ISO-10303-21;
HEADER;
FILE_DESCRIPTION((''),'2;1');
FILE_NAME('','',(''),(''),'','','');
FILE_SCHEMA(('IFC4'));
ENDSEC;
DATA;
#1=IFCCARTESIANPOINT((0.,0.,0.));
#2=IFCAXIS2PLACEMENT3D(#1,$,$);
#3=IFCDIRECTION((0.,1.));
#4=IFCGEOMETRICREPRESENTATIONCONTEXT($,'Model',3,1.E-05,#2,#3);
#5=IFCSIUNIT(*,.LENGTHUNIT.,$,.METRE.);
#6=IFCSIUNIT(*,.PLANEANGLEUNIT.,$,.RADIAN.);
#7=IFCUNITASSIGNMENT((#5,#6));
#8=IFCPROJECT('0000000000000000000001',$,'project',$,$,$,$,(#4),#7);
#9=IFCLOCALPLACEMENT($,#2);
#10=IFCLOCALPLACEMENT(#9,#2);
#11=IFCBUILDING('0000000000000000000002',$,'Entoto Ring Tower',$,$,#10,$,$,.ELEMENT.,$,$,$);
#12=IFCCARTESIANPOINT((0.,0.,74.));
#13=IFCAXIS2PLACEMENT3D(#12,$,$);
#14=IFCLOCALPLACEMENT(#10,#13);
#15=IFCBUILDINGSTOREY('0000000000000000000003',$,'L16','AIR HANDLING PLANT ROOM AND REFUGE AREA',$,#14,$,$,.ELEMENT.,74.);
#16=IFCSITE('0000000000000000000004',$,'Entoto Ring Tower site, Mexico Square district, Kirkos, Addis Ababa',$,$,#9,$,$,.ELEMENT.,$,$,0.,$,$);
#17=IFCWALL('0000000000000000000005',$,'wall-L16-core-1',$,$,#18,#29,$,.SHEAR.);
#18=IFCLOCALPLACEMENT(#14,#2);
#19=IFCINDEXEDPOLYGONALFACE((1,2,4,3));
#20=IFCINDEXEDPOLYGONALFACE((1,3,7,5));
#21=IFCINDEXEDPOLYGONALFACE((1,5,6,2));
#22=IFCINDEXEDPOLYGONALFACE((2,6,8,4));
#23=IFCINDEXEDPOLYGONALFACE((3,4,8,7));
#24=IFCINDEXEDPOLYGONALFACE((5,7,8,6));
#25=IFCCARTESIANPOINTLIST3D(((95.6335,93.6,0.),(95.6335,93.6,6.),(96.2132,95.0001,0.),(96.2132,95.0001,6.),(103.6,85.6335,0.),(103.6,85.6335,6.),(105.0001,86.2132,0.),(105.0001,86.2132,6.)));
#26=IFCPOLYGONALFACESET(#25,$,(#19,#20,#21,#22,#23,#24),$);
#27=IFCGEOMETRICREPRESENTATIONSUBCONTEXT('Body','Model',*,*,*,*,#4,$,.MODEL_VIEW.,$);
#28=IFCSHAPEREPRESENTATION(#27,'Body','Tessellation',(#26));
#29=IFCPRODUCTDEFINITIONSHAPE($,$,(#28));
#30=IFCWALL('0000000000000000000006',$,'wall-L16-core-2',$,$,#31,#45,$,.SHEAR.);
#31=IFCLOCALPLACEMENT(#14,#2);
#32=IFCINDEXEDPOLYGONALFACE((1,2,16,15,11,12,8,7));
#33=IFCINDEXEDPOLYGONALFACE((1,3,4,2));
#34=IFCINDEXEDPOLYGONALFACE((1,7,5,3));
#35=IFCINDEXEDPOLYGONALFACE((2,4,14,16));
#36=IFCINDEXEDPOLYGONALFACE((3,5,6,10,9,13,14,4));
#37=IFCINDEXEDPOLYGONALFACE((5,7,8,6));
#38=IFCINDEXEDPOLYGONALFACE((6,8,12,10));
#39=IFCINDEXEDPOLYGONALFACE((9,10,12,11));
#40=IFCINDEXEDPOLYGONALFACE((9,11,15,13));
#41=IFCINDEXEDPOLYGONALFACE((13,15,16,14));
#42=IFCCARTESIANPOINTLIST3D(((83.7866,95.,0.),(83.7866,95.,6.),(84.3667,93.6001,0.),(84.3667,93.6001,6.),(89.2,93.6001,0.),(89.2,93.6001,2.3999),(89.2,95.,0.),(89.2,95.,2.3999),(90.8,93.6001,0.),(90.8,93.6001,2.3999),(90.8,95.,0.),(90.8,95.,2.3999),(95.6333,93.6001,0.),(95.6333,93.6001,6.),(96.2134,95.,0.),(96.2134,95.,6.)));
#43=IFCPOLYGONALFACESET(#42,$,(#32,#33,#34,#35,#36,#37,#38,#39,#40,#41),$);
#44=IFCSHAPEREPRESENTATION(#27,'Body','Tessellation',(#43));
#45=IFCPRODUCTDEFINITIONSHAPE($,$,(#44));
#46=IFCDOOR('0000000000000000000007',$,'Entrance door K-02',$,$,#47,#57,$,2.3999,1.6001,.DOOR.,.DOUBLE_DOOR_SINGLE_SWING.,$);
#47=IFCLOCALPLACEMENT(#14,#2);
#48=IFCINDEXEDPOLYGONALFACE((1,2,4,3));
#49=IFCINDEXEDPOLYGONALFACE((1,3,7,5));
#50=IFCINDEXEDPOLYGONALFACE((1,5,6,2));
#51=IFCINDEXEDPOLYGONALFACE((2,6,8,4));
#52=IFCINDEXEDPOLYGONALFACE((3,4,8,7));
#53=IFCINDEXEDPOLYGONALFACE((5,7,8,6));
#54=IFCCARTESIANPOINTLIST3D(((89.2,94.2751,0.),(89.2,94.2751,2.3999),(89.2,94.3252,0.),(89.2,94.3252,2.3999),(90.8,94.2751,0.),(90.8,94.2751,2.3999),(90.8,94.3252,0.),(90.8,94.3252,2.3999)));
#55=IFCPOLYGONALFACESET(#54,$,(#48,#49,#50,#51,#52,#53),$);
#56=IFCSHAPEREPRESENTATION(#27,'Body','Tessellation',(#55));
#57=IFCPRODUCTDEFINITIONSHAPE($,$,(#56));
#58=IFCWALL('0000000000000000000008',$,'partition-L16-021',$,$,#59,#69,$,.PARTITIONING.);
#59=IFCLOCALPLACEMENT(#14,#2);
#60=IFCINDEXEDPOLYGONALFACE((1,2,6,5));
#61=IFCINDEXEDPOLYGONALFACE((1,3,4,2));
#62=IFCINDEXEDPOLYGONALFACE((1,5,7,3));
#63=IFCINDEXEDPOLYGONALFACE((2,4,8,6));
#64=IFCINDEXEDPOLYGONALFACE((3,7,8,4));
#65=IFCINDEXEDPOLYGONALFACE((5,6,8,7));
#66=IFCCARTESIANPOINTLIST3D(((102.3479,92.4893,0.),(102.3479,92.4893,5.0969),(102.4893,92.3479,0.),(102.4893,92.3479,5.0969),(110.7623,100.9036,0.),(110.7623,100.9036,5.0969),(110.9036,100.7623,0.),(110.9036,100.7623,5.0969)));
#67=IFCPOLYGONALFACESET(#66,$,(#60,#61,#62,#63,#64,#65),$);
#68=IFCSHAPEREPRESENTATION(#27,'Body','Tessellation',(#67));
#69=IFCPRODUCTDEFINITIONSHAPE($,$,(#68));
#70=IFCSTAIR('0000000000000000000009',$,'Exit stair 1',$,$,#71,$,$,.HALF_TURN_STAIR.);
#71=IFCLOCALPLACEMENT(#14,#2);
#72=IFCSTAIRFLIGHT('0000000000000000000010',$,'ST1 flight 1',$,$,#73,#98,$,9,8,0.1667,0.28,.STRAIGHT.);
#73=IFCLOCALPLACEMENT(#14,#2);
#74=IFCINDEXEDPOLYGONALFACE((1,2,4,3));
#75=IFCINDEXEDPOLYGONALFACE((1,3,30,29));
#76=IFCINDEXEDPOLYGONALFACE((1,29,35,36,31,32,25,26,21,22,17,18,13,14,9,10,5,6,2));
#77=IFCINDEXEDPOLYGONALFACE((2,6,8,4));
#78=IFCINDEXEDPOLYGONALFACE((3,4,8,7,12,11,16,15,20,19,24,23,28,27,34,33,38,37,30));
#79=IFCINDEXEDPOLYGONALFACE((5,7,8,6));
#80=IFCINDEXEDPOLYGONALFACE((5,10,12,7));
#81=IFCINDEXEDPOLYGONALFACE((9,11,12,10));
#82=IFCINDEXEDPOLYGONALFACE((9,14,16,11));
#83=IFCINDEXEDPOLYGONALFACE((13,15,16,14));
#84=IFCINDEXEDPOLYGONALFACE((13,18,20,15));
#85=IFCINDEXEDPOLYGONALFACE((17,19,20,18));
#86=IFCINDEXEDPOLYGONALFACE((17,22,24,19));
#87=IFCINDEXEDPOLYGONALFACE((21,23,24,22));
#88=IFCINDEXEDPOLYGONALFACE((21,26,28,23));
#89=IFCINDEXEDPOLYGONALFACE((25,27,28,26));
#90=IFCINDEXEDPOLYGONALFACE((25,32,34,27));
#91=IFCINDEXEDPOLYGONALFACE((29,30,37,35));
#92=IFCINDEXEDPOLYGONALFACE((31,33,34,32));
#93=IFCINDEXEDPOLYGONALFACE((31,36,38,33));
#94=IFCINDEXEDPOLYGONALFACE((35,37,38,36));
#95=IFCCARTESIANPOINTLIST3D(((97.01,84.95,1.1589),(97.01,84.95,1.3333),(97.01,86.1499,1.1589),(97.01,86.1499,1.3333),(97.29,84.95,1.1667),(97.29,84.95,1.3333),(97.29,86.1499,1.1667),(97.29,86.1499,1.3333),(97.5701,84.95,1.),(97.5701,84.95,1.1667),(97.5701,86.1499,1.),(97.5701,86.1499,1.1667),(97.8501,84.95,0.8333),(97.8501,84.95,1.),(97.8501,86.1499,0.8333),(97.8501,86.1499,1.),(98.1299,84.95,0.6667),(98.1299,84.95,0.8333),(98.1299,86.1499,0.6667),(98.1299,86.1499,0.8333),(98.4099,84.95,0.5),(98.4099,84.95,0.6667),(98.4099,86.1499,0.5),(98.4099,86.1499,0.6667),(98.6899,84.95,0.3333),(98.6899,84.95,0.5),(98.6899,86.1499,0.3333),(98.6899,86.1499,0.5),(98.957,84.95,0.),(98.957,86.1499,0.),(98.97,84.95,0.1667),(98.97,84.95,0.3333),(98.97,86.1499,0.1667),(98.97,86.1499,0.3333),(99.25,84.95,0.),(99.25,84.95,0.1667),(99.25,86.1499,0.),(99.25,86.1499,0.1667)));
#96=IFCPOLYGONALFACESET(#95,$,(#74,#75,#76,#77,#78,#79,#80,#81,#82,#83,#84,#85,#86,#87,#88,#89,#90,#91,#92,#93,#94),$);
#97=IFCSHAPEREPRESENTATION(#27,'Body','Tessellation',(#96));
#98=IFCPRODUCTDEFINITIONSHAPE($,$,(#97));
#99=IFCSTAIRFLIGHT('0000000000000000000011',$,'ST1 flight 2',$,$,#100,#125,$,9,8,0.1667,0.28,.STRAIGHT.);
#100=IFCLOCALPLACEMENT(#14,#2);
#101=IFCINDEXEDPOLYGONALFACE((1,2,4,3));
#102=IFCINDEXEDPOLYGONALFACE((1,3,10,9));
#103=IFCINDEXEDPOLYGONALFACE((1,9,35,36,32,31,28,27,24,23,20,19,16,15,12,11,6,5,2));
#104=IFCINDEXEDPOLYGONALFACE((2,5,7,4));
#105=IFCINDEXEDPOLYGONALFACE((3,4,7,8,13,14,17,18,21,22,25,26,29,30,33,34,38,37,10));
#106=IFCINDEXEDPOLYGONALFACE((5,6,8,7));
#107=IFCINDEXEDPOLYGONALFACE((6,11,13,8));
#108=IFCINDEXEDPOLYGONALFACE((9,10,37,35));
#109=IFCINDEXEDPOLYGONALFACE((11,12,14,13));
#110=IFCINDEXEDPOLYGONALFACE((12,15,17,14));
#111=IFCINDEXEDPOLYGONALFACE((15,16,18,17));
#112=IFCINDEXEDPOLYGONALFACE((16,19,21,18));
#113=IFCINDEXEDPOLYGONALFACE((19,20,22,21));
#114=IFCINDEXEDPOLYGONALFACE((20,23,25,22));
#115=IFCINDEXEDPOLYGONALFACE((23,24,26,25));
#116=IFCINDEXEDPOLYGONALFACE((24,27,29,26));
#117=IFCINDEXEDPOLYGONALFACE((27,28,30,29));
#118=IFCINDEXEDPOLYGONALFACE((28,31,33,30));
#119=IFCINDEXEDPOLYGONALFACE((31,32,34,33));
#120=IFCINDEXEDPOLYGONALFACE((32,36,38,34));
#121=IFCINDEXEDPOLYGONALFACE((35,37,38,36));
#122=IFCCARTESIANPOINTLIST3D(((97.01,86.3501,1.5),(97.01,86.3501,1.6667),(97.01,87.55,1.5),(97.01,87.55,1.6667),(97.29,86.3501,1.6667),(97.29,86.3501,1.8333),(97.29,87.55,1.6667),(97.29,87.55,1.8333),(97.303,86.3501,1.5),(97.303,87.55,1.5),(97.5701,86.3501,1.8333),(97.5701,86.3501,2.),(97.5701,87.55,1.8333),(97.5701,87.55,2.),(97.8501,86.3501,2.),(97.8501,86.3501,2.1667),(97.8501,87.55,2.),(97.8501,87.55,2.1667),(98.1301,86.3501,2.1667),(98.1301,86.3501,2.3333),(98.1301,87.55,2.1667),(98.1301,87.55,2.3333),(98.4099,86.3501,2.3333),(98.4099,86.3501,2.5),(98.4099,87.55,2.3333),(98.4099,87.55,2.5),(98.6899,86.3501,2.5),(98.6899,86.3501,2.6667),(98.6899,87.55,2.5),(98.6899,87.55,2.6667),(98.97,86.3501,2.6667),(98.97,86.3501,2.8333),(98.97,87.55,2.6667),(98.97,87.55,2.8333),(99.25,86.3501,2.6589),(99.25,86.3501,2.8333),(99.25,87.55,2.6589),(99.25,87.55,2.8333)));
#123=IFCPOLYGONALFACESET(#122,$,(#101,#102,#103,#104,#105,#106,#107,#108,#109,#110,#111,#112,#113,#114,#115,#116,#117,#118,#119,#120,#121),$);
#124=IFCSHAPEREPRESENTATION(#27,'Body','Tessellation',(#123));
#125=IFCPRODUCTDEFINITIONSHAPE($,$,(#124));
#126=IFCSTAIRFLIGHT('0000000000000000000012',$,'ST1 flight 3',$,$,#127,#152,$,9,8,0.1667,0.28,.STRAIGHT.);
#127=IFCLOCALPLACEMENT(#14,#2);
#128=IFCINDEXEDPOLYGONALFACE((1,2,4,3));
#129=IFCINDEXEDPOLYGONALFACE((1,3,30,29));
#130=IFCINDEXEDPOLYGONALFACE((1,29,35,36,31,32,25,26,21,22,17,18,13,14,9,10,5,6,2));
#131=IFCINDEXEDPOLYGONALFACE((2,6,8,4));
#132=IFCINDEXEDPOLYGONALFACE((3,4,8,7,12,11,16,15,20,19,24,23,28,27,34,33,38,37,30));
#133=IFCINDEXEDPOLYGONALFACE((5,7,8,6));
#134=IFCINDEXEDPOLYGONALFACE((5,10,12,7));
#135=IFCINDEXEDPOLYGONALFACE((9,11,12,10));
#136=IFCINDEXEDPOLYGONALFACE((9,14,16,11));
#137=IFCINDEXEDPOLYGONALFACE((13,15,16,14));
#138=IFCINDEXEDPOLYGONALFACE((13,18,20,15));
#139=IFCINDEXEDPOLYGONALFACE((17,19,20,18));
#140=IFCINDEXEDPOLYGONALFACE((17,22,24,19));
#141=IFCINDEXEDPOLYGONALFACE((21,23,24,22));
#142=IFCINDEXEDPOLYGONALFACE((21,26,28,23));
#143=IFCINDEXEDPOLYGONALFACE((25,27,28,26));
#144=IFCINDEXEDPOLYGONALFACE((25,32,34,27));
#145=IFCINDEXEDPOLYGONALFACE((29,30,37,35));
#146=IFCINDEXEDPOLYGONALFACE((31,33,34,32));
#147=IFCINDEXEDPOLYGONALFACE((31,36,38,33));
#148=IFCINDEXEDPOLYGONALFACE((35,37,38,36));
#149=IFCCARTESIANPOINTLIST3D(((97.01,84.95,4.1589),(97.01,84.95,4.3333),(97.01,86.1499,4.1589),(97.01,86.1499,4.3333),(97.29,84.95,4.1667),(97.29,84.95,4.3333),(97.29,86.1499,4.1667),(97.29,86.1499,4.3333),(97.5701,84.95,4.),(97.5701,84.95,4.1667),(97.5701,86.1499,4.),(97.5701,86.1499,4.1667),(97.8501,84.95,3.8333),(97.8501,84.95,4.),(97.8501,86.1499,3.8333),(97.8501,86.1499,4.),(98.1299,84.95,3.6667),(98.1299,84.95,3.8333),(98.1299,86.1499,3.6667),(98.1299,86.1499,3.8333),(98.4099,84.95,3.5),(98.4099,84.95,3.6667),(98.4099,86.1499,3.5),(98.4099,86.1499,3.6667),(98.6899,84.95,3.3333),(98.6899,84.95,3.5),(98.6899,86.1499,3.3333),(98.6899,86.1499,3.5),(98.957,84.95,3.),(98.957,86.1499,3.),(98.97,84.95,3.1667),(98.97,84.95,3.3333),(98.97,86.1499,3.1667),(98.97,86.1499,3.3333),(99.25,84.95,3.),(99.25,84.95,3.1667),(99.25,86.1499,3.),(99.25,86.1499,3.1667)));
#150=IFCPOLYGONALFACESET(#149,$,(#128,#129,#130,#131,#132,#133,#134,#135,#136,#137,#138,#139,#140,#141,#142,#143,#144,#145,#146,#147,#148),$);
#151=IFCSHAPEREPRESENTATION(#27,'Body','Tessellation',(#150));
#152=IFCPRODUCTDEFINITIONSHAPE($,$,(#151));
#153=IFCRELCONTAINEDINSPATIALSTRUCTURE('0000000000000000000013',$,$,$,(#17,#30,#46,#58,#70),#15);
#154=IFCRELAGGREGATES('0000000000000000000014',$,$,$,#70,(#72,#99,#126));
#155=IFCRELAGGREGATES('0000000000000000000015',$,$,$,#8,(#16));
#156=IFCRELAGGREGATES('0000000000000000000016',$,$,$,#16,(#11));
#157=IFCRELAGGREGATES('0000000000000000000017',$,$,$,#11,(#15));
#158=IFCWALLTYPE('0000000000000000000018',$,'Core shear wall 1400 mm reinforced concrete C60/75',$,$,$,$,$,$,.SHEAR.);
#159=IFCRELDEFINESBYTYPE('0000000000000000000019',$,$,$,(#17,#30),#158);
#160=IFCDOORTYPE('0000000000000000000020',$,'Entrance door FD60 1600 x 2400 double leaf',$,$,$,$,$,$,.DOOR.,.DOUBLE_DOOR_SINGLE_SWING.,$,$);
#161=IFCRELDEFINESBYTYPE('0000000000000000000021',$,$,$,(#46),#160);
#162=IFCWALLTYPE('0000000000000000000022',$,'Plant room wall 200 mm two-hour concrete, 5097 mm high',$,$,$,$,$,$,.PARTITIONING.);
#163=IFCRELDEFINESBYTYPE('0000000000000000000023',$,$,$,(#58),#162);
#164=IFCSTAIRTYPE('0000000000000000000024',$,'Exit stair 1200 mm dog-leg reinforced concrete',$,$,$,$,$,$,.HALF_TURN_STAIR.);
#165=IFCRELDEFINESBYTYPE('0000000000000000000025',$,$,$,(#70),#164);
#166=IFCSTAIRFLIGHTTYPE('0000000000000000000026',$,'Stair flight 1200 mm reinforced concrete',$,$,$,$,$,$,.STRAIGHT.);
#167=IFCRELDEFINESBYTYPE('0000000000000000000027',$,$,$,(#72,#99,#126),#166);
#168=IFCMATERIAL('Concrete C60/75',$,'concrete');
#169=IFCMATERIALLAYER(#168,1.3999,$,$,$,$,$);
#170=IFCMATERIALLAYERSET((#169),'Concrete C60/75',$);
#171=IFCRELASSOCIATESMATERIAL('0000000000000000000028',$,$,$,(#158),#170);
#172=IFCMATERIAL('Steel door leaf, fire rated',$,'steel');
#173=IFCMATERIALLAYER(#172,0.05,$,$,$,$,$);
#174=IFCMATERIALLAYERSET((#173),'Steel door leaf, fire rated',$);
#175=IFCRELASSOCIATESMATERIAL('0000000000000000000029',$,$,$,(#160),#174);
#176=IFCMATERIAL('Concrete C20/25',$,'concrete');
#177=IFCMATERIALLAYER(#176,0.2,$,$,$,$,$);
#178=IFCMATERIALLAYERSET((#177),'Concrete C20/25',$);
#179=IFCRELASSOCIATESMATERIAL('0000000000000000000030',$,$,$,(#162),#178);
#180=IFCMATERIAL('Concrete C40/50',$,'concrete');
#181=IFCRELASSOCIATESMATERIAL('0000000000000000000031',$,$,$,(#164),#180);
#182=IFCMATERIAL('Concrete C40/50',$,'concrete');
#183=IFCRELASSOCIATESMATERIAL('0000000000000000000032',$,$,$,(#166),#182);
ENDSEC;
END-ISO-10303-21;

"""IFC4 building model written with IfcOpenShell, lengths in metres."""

from ifc_helpers import new_model, si_unit, direction, frame, frame_2d, origin, place, context, subcontext, project, spatial, polyline, rectangle, outline, extrude, material, layer, layer_set, type_object, element, fill, aggregate, save


model = new_model("IFC4")

# Units and contexts
model_context = context("Model", 3, precision=1e-05, world=origin(), true_north=direction((0.0, 1.0)))
body_context = subcontext(model_context, "Body", "Model", "MODEL_VIEW")
ifc_project = project(units=[si_unit("LENGTHUNIT", "METRE"), si_unit("PLANEANGLEUNIT", "RADIAN")], contexts=[model_context])

# Site, building, storey
site_placement = place(None, origin())
site = spatial("IfcSite", under=ifc_project, at=site_placement, Name="Entoto Ring Tower site, Mexico Square district, Kirkos, Addis Ababa", CompositionType="ELEMENT", RefElevation=0.0)
building_placement = place(site_placement, origin())
building = spatial("IfcBuilding", under=site, at=building_placement, Name="Entoto Ring Tower", CompositionType="ELEMENT")
storey_placement = place(building_placement, frame((0.0, 0.0, 74.0)))
storey = spatial("IfcBuildingStorey", under=building, at=storey_placement, Name="L16", Description="AIR HANDLING PLANT ROOM AND REFUGE AREA", CompositionType="ELEMENT", Elevation=74.0)

# Wall
ifc_material_1 = material(Name="Concrete C60/75", Category="concrete")
ifc_layer_1 = layer(ifc_material_1, 1.3999)
ifc_layer_set_1 = layer_set([ifc_layer_1], Name="Concrete C60/75")
wall_type_1 = type_object("IfcWallType", Name="Core shear wall 1400 mm reinforced concrete C60/75", PredefinedType="SHEAR", material=ifc_layer_set_1)
wall_1_placement = place(storey_placement, frame((104.3, 85.9233, 0.0), z_axis=(0.0, 0.0, 1.0), x_axis=(-0.707107, 0.707107, 0.0)))
element("IfcWall", 1, at=wall_1_placement, inside=storey, type_object=wall_type_1, Name="wall-L16-core-1", PredefinedType="SHEAR", context=body_context, shape_type="SweptSolid", body=[
    extrude(outline(polyline([(-0.29, -0.7), (12.1365, -0.7), (11.5564, 0.7), (0.29, 0.7), (-0.29, -0.7)])), origin(), (0.0, 0.0, 1.0), 6.0),
])

# Wall, opening, door
wall_2_placement = place(storey_placement, frame((95.9233, 94.3, 0.0), z_axis=(0.0, 0.0, 1.0), x_axis=(-1.0, 0.0, 0.0)))
wall_2 = element("IfcWall", 2, at=wall_2_placement, inside=storey, type_object=wall_type_1, Name="wall-L16-core-2", PredefinedType="SHEAR", context=body_context, shape_type="SweptSolid", body=[
    extrude(outline(polyline([(-0.29, -0.7), (12.1367, -0.7), (11.5566, 0.7), (0.29, 0.7), (-0.29, -0.7)])), origin(), (0.0, 0.0, 1.0), 6.0),
])
opening_1_placement = place(wall_2_placement, frame((5.1233, 0.0, 0.0)))
opening_1 = element("IfcOpeningElement", 3, at=opening_1_placement, cuts=wall_2, PredefinedType="OPENING", context=body_context, shape_type="SweptSolid", body=[
    extrude(rectangle(XDim=1.6001, YDim=2.3999, at=frame_2d((0.8, 1.2))), frame((0.0, 0.71, 0.0), z_axis=(0.0, -1.0, 0.0), x_axis=(1.0, 0.0, 0.0)), (0.0, 0.0, 1.0), 1.4199),
])
ifc_material_2 = material(Name="Steel door leaf, fire rated", Category="steel")
ifc_layer_2 = layer(ifc_material_2, 0.05)
ifc_layer_set_2 = layer_set([ifc_layer_2], Name="Steel door leaf, fire rated")
door_type_1 = type_object("IfcDoorType", Name="Entrance door FD60 1600 x 2400 double leaf", OperationType="DOUBLE_DOOR_SINGLE_SWING", PredefinedType="DOOR", material=ifc_layer_set_2)
door_1_placement = place(opening_1_placement, origin())
door_1 = element("IfcDoor", 4, at=door_1_placement, inside=storey, type_object=door_type_1, Name="Entrance door K-02", OperationType="DOUBLE_DOOR_SINGLE_SWING", OverallHeight=2.3999, OverallWidth=1.6001, PredefinedType="DOOR", context=body_context, shape_type="SweptSolid", body=[
    extrude(rectangle(XDim=1.6001, YDim=2.3999, at=frame_2d((0.8, 1.2))), frame((0.0, 0.0249, 0.0), z_axis=(0.0, -1.0, 0.0), x_axis=(1.0, 0.0, 0.0)), (0.0, 0.0, 1.0), 0.05),
])
fill(opening_1, door_1)

# Wall
ifc_material_3 = material(Name="Concrete C20/25", Category="concrete")
ifc_layer_3 = layer(ifc_material_3, 0.2)
ifc_layer_set_3 = layer_set([ifc_layer_3], Name="Concrete C20/25")
wall_type_2 = type_object("IfcWallType", Name="Plant room wall 200 mm two-hour concrete, 5097 mm high", PredefinedType="PARTITIONING", material=ifc_layer_set_3)
wall_3_placement = place(storey_placement, frame((102.4187, 92.4187, 0.0), z_axis=(0.0, 0.0, 1.0), x_axis=(0.707107, 0.707107, 0.0)))
element("IfcWall", 5, at=wall_3_placement, inside=storey, type_object=wall_type_2, Name="partition-L16-021", PredefinedType="PARTITIONING", context=body_context, shape_type="SweptSolid", body=[
    extrude(rectangle(XDim=11.8997, YDim=0.2, at=frame_2d((5.9497, 0.0))), origin(), (0.0, 0.0, 1.0), 5.0969),
])

# Stair, stair flights
ifc_material_4 = material(Name="Concrete C40/50", Category="concrete")
stair_type = type_object("IfcStairType", Name="Exit stair 1200 mm dog-leg reinforced concrete", PredefinedType="HALF_TURN_STAIR", material=ifc_material_4)
stair_placement = place(storey_placement, origin())
stair = element("IfcStair", 6, at=stair_placement, inside=storey, type_object=stair_type, Name="Exit stair 1", PredefinedType="HALF_TURN_STAIR")
ifc_material_5 = material(Name="Concrete C40/50", Category="concrete")
stair_flight_type = type_object("IfcStairFlightType", Name="Stair flight 1200 mm reinforced concrete", PredefinedType="STRAIGHT", material=ifc_material_5)
stair_flight_1_placement = place(storey_placement, frame((99.25, 85.55, 0.0), z_axis=(0.0, 0.0, 1.0), x_axis=(-1.0, 0.0, 0.0)))
stair_flight_1 = element("IfcStairFlight", 7, at=stair_flight_1_placement, type_object=stair_flight_type, Name="ST1 flight 1", NumberOfRisers=9, NumberOfTreads=8, PredefinedType="STRAIGHT", RiserHeight=0.1667, TreadLength=0.28, context=body_context, shape_type="SweptSolid", body=[
    extrude(outline(polyline([(0.0, 0.0), (0.0, 0.1667), (0.28, 0.1667), (0.28, 0.3333), (0.5601, 0.3333), (0.5601, 0.5), (0.8401, 0.5), (0.8401, 0.6667), (1.1201, 0.6667), (1.1201, 0.8333), (1.3999, 0.8333), (1.3999, 1.0), (1.6799, 1.0), (1.6799, 1.1667), (1.96, 1.1667), (1.96, 1.3333), (2.24, 1.3333), (2.24, 1.5), (2.24, 1.1589), (0.293, 0.0), (0.0, 0.0)])), frame((0.0, 0.6001, 0.0), z_axis=(0.0, -1.0, 0.0), x_axis=(1.0, 0.0, 0.0)), (0.0, 0.0, 1.0), 1.2),
])
stair_flight_2_placement = place(storey_placement, frame((97.01, 86.95, 1.5), z_axis=(0.0, 0.0, 1.0), x_axis=(1.0, 0.0, 0.0)))
stair_flight_2 = element("IfcStairFlight", 8, at=stair_flight_2_placement, type_object=stair_flight_type, Name="ST1 flight 2", NumberOfRisers=9, NumberOfTreads=8, PredefinedType="STRAIGHT", RiserHeight=0.1667, TreadLength=0.28, context=body_context, shape_type="SweptSolid", body=[
    extrude(outline(polyline([(0.0, 0.0), (0.0, 0.1667), (0.28, 0.1667), (0.28, 0.3333), (0.5601, 0.3333), (0.5601, 0.5), (0.8401, 0.5), (0.8401, 0.6667), (1.1201, 0.6667), (1.1201, 0.8333), (1.3999, 0.8333), (1.3999, 1.0), (1.6799, 1.0), (1.6799, 1.1667), (1.96, 1.1667), (1.96, 1.3333), (2.24, 1.3333), (2.24, 1.5), (2.24, 1.1589), (0.293, 0.0), (0.0, 0.0)])), frame((0.0, 0.6001, 0.0), z_axis=(0.0, -1.0, 0.0), x_axis=(1.0, 0.0, 0.0)), (0.0, 0.0, 1.0), 1.2),
])
stair_flight_3_placement = place(storey_placement, frame((99.25, 85.55, 3.0), z_axis=(0.0, 0.0, 1.0), x_axis=(-1.0, 0.0, 0.0)))
stair_flight_3 = element("IfcStairFlight", 9, at=stair_flight_3_placement, type_object=stair_flight_type, Name="ST1 flight 3", NumberOfRisers=9, NumberOfTreads=8, PredefinedType="STRAIGHT", RiserHeight=0.1667, TreadLength=0.28, context=body_context, shape_type="SweptSolid", body=[
    extrude(outline(polyline([(0.0, 0.0), (0.0, 0.1667), (0.28, 0.1667), (0.28, 0.3333), (0.5601, 0.3333), (0.5601, 0.5), (0.8401, 0.5), (0.8401, 0.6667), (1.1201, 0.6667), (1.1201, 0.8333), (1.3999, 0.8333), (1.3999, 1.0), (1.6799, 1.0), (1.6799, 1.1667), (1.96, 1.1667), (1.96, 1.3333), (2.24, 1.3333), (2.24, 1.5), (2.24, 1.1589), (0.293, 0.0), (0.0, 0.0)])), frame((0.0, 0.6001, 0.0), z_axis=(0.0, -1.0, 0.0), x_axis=(1.0, 0.0, 0.0)), (0.0, 0.0, 1.0), 1.2),
])
aggregate(stair, [stair_flight_1, stair_flight_2, stair_flight_3])

save(model, "model.ifc")
